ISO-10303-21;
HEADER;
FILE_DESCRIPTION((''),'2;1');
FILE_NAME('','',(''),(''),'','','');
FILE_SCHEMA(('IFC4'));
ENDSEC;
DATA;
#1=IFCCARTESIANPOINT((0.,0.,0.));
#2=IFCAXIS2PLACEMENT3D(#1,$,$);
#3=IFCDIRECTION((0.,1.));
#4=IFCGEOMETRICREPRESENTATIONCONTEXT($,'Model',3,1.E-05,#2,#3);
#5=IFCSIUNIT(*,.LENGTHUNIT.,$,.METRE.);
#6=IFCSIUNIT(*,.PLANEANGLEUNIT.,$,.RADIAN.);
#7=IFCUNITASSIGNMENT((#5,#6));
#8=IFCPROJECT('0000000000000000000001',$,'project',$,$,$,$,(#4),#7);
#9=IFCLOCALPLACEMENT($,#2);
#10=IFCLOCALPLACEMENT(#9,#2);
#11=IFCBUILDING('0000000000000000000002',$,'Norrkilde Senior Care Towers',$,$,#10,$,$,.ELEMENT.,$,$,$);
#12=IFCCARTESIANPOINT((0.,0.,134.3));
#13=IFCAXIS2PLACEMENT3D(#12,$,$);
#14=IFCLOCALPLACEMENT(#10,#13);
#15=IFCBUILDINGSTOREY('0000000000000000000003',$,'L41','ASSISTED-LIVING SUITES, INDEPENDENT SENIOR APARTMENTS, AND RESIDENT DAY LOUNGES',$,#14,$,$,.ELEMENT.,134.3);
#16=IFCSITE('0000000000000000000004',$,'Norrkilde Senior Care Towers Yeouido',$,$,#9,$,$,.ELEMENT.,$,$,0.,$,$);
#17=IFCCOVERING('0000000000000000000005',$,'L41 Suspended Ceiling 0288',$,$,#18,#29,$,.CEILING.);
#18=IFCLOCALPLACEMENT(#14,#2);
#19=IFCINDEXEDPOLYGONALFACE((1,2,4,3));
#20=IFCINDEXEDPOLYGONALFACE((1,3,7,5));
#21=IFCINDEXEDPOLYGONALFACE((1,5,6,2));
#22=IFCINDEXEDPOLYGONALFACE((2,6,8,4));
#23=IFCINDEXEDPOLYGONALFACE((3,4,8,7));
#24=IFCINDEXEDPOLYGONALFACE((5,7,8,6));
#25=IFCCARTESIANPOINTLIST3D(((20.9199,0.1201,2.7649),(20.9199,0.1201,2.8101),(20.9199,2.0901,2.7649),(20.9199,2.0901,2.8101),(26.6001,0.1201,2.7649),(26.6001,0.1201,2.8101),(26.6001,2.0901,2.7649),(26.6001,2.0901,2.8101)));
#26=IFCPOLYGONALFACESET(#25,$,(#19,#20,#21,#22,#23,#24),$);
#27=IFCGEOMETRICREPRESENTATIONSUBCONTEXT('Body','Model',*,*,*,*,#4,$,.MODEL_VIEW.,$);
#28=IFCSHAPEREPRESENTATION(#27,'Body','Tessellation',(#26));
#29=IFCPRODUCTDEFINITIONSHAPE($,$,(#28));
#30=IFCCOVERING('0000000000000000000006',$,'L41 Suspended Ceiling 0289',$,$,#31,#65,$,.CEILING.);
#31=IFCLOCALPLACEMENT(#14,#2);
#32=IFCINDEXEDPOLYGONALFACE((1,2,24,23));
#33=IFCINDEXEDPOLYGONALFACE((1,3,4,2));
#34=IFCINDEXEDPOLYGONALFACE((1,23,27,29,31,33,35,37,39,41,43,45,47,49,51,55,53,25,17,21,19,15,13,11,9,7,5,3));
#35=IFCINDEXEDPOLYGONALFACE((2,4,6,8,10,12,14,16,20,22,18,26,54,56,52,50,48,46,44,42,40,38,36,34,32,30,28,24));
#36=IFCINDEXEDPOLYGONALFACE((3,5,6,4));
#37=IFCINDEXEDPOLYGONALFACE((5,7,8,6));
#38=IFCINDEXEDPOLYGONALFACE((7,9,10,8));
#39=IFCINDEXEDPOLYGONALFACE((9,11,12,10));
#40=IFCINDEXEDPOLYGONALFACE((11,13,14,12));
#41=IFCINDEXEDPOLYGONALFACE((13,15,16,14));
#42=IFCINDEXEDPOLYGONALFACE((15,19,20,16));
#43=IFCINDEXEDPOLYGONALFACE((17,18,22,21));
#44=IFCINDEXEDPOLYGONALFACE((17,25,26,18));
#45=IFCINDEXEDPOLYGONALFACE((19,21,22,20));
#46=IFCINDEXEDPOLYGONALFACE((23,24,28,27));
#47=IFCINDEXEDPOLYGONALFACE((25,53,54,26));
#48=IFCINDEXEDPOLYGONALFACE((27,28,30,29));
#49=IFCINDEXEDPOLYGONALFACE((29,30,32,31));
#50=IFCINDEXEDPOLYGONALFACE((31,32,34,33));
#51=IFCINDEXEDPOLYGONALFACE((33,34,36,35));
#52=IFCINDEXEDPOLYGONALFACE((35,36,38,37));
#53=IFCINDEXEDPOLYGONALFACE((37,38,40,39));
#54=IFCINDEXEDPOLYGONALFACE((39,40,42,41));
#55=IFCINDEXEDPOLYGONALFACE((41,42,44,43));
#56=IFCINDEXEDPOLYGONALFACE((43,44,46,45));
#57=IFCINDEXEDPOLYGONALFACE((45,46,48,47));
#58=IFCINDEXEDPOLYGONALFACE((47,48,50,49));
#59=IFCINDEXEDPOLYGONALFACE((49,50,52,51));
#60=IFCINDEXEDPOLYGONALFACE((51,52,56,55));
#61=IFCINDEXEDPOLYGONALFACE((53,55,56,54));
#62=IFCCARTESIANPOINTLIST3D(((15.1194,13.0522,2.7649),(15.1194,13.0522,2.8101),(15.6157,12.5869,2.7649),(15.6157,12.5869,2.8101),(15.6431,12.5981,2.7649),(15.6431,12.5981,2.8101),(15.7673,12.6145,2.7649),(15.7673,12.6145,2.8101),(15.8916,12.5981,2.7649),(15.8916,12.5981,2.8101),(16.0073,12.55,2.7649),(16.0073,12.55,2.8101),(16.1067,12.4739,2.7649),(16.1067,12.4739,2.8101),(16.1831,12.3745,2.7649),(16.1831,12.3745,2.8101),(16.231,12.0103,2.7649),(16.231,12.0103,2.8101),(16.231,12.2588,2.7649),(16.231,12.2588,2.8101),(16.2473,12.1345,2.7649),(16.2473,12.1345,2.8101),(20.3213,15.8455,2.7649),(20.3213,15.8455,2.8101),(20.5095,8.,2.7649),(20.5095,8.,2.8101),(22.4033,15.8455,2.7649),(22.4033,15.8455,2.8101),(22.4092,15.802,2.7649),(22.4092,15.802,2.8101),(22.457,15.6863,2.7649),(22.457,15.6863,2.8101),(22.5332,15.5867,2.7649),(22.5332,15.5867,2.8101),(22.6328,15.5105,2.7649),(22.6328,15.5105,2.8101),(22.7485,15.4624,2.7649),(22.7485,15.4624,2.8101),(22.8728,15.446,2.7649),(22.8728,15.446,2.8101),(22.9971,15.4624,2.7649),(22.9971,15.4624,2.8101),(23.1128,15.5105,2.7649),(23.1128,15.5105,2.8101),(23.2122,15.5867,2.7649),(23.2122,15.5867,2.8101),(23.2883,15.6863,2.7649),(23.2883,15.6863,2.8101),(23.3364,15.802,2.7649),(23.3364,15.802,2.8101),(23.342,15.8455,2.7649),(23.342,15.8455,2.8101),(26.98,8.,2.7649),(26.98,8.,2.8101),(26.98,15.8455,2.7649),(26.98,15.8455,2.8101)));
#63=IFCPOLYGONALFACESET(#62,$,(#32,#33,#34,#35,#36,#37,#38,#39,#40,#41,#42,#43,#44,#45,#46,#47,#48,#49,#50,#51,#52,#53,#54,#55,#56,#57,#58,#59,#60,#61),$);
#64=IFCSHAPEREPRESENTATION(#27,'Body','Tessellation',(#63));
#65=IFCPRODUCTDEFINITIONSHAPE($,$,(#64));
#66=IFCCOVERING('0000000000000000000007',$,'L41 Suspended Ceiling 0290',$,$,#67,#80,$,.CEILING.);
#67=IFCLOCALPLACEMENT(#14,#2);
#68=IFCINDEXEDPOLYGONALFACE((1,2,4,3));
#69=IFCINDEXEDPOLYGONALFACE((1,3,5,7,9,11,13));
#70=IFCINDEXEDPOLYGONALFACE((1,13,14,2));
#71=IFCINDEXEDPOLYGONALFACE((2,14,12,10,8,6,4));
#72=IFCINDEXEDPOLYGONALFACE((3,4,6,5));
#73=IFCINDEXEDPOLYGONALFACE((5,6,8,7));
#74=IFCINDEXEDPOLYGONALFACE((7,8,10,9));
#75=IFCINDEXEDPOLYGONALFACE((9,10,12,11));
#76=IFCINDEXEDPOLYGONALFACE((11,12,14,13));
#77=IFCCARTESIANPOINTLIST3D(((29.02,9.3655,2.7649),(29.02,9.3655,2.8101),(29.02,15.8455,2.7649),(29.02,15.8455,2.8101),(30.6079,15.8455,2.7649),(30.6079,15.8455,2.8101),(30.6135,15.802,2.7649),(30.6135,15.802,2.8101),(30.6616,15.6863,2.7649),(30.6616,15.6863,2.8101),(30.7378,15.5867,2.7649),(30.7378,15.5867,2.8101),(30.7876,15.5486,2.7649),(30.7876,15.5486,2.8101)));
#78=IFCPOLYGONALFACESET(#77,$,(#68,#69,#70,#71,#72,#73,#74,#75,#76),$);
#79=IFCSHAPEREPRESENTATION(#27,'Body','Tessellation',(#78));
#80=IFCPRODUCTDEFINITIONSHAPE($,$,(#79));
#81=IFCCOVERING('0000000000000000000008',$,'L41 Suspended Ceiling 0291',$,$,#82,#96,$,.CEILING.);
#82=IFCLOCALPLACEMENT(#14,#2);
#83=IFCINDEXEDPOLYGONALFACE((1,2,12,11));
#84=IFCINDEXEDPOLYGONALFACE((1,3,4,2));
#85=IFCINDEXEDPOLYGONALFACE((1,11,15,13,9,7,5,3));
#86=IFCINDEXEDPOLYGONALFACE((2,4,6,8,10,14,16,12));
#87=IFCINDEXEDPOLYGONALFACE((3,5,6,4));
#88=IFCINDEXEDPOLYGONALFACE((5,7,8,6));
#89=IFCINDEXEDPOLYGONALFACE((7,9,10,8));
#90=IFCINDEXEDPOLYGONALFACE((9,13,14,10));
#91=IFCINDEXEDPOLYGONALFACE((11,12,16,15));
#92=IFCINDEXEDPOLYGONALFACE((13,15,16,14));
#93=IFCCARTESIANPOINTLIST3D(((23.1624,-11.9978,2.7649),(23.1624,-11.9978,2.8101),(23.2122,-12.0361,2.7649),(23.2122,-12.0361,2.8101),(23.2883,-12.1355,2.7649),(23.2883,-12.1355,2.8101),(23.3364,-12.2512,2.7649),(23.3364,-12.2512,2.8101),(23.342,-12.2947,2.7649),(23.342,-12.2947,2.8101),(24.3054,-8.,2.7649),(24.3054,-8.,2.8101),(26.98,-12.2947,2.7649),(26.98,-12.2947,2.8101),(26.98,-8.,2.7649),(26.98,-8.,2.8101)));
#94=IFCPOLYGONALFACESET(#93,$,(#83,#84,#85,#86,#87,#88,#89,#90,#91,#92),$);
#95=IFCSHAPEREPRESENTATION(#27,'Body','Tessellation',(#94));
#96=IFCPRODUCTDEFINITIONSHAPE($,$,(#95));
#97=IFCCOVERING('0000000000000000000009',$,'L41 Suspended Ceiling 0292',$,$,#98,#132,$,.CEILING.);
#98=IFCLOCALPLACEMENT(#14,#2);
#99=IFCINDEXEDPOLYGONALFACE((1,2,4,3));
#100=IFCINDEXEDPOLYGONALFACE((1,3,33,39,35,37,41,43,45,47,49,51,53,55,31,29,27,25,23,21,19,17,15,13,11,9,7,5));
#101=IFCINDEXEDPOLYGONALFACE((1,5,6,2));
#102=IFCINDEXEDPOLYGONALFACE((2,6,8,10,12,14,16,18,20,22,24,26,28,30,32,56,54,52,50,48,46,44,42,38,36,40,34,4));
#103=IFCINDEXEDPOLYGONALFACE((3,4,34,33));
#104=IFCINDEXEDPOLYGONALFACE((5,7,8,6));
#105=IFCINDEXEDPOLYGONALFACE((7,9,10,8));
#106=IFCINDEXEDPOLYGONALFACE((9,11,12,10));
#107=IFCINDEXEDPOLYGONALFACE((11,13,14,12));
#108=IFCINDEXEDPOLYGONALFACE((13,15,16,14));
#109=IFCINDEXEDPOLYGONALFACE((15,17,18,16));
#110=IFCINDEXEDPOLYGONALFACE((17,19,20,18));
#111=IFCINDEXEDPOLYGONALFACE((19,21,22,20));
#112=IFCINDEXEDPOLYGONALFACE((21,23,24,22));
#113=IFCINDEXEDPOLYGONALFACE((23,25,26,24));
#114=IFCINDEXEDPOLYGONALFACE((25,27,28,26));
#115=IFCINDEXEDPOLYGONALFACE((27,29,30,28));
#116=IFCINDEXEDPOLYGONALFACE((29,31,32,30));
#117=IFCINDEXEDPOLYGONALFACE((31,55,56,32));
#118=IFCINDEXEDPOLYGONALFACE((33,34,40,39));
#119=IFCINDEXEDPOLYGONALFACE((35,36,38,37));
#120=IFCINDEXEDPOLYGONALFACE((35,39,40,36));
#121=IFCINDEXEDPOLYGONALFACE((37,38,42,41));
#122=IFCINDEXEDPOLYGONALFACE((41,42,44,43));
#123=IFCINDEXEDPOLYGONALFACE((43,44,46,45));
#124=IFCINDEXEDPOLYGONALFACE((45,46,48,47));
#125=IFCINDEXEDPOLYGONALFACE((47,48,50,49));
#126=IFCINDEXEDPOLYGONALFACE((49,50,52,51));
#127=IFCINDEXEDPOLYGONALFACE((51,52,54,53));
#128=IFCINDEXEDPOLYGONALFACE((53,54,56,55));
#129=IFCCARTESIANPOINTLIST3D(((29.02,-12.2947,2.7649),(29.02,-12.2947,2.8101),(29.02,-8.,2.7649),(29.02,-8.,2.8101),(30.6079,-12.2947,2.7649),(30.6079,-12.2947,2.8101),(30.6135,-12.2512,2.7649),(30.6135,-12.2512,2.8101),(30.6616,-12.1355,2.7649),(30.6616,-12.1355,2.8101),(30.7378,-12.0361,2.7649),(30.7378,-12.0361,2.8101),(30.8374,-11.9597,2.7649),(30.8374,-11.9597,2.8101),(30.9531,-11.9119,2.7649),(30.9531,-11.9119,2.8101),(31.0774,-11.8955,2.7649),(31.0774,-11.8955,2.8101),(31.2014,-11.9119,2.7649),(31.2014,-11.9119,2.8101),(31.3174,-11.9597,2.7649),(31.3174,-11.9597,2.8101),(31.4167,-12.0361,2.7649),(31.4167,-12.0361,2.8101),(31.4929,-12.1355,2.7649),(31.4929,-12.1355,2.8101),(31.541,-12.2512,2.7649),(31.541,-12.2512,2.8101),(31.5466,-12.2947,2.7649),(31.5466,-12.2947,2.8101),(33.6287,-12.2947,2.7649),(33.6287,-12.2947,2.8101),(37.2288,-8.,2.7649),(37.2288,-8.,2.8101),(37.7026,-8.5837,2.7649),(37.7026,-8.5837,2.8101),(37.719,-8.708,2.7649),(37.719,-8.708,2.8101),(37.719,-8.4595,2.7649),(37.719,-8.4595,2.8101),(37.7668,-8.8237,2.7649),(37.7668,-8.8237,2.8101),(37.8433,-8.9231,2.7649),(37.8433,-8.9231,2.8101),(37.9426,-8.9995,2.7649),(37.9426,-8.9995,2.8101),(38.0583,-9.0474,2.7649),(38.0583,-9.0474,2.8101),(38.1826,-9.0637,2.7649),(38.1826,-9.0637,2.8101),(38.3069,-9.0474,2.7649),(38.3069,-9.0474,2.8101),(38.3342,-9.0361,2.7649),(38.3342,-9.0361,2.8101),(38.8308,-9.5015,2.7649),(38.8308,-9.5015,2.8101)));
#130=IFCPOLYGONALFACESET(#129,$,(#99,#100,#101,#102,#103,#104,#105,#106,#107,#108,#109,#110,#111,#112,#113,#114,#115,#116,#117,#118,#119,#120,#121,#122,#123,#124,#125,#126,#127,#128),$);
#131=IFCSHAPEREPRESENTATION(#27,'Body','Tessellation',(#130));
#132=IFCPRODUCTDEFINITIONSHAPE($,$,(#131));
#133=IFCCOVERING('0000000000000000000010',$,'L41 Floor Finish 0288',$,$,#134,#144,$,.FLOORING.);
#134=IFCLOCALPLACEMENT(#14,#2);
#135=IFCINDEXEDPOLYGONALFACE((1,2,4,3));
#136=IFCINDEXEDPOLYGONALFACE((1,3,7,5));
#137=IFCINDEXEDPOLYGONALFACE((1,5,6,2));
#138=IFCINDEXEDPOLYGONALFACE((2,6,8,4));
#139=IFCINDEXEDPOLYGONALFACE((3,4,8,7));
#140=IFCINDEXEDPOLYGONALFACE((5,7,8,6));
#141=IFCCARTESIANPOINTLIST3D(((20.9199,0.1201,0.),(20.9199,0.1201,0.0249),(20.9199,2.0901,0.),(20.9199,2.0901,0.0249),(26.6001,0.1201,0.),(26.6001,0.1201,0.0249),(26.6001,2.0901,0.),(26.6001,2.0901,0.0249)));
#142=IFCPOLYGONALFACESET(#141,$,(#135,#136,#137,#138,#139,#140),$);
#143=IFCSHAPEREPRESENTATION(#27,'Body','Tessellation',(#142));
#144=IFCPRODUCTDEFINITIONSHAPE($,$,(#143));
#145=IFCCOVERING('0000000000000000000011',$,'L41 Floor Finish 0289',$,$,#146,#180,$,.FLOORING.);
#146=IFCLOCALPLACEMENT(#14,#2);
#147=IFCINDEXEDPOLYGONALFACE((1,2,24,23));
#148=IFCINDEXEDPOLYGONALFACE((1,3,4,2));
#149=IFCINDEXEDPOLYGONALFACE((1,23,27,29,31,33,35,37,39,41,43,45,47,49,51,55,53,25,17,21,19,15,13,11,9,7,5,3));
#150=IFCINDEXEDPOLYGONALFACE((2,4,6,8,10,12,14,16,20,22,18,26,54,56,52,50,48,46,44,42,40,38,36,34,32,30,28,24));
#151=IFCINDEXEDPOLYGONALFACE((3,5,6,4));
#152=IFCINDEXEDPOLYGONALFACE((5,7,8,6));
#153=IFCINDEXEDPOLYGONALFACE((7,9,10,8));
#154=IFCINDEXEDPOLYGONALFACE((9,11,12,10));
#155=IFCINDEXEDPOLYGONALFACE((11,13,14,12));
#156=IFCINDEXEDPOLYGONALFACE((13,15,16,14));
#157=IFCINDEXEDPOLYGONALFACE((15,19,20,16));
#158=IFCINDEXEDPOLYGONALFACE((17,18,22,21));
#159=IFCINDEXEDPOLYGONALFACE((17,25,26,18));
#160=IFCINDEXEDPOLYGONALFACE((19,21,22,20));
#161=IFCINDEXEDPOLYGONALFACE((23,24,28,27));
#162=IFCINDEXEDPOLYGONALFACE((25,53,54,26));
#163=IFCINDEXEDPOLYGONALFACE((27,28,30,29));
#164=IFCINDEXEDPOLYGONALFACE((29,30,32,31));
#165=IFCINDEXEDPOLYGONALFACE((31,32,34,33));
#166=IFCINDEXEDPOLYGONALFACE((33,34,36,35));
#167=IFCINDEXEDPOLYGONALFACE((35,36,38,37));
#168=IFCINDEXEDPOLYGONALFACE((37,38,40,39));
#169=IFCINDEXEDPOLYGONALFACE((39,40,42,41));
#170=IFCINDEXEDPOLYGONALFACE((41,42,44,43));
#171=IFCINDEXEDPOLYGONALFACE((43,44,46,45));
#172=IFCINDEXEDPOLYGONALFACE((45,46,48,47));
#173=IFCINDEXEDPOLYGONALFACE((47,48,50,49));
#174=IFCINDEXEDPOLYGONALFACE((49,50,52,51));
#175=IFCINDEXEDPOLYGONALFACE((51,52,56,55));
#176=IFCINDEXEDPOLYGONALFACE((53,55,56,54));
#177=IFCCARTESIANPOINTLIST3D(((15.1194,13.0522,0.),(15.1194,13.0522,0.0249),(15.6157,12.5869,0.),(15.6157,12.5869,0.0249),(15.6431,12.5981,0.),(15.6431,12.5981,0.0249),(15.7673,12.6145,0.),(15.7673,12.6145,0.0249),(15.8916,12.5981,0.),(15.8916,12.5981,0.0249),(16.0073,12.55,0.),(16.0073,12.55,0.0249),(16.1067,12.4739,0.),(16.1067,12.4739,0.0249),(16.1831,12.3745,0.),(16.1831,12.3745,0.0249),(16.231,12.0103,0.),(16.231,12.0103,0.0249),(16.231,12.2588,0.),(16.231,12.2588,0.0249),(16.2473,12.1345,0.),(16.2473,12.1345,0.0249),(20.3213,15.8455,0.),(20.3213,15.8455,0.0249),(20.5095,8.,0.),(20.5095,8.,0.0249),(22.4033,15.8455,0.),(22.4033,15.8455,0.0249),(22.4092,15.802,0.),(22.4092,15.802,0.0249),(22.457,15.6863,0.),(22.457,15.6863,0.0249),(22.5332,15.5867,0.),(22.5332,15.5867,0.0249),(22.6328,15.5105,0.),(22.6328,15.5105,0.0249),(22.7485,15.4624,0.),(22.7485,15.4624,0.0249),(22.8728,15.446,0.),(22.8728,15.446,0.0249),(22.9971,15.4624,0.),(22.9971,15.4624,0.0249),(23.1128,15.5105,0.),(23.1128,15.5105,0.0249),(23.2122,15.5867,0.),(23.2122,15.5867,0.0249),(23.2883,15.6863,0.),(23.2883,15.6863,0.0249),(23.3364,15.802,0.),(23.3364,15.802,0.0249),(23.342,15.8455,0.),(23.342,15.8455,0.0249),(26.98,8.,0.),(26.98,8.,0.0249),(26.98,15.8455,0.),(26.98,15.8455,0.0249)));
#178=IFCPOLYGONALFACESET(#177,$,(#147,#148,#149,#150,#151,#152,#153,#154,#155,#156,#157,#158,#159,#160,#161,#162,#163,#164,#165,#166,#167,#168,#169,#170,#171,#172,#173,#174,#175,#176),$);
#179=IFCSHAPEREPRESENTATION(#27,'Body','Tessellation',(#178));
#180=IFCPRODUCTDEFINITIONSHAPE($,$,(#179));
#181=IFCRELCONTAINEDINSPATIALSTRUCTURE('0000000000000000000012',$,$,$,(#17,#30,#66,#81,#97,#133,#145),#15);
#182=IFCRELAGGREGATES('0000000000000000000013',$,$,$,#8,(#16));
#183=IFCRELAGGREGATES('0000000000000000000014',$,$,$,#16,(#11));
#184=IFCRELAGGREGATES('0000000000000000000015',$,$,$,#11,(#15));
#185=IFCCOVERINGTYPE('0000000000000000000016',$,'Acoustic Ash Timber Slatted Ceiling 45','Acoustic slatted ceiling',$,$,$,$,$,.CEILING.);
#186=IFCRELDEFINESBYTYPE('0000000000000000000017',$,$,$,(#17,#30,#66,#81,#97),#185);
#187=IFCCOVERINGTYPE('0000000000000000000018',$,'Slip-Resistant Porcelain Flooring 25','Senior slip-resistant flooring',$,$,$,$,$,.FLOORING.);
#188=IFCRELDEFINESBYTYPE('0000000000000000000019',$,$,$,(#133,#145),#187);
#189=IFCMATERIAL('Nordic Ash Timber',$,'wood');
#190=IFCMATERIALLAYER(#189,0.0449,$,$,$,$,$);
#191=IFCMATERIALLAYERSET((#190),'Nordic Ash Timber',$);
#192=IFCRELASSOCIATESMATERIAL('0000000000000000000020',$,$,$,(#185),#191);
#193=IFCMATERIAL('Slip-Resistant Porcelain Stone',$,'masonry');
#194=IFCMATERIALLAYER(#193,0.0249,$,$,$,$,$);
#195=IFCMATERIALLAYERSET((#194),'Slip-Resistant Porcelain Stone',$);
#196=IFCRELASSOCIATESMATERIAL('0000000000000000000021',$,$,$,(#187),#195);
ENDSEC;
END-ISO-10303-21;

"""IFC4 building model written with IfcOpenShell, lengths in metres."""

from ifc_helpers import new_model, si_unit, direction, frame, origin, place, context, subcontext, project, spatial, polyline, outline, extrude, material, layer, layer_set, type_object, element, save


model = new_model("IFC4")

# Units and contexts
model_context = context("Model", 3, precision=1e-05, world=origin(), true_north=direction((0.0, 1.0)))
body_context = subcontext(model_context, "Body", "Model", "MODEL_VIEW")
ifc_project = project(units=[si_unit("LENGTHUNIT", "METRE"), si_unit("PLANEANGLEUNIT", "RADIAN")], contexts=[model_context])

# Site, building, storey
site_placement = place(None, origin())
site = spatial("IfcSite", under=ifc_project, at=site_placement, Name="Norrkilde Senior Care Towers Yeouido", CompositionType="ELEMENT", RefElevation=0.0)
building_placement = place(site_placement, origin())
building = spatial("IfcBuilding", under=site, at=building_placement, Name="Norrkilde Senior Care Towers", CompositionType="ELEMENT")
storey_placement = place(building_placement, frame((0.0, 0.0, 134.3)))
storey = spatial("IfcBuildingStorey", under=building, at=storey_placement, Name="L41", Description="ASSISTED-LIVING SUITES, INDEPENDENT SENIOR APARTMENTS, AND RESIDENT DAY LOUNGES", CompositionType="ELEMENT", Elevation=134.3)

# Shared definitions
ifc_material_1 = material(Name="Nordic Ash Timber", Category="wood")

# Coverings
ifc_layer_1 = layer(ifc_material_1, 0.0449)
ifc_layer_set_1 = layer_set([ifc_layer_1], Name="Nordic Ash Timber")
covering_type_1 = type_object("IfcCoveringType", Name="Acoustic Ash Timber Slatted Ceiling 45", Description="Acoustic slatted ceiling", PredefinedType="CEILING", material=ifc_layer_set_1)
covering_1_placement = place(storey_placement, frame((0.0, 0.0, 2.7649)))
element("IfcCovering", 1, at=covering_1_placement, inside=storey, type_object=covering_type_1, Name="L41 Suspended Ceiling 0288", PredefinedType="CEILING", context=body_context, shape_type="SweptSolid", body=[
    extrude(outline(polyline([(20.9199, 0.1201), (20.9199, 2.0901), (26.6001, 2.0901), (26.6001, 0.1201), (20.9199, 0.1201)])), origin(), (0.0, 0.0, 1.0), 0.0452),
])
covering_2_placement = place(storey_placement, frame((0.0, 0.0, 2.7649)))
element("IfcCovering", 2, at=covering_2_placement, inside=storey, type_object=covering_type_1, Name="L41 Suspended Ceiling 0289", PredefinedType="CEILING", context=body_context, shape_type="SweptSolid", body=[
    extrude(outline(polyline([(22.4033, 15.8455), (22.4092, 15.802), (22.457, 15.6863), (22.5332, 15.5867), (22.6328, 15.5105), (22.7485, 15.4624), (22.8728, 15.446), (22.9971, 15.4624), (23.1128, 15.5105), (23.2122, 15.5867), (23.2883, 15.6863), (23.3364, 15.802), (23.342, 15.8455), (26.98, 15.8455), (26.98, 8.0), (20.5095, 8.0), (16.231, 12.0103), (16.231, 12.0103), (16.2473, 12.1345), (16.231, 12.2588), (16.1831, 12.3745), (16.1067, 12.4739), (16.0073, 12.55), (15.8916, 12.5981), (15.7673, 12.6145), (15.6431, 12.5981), (15.6157, 12.5869), (15.1194, 13.0522), (20.3213, 15.8455), (22.4033, 15.8455)])), origin(), (0.0, 0.0, 1.0), 0.0452),
])
covering_3_placement = place(storey_placement, frame((0.0, 0.0, 2.7649)))
element("IfcCovering", 3, at=covering_3_placement, inside=storey, type_object=covering_type_1, Name="L41 Suspended Ceiling 0290", PredefinedType="CEILING", context=body_context, shape_type="SweptSolid", body=[
    extrude(outline(polyline([(29.02, 15.8455), (30.6079, 15.8455), (30.6135, 15.802), (30.6616, 15.6863), (30.7378, 15.5867), (30.7876, 15.5486), (29.02, 9.3655), (29.02, 15.8455)])), origin(), (0.0, 0.0, 1.0), 0.0452),
])
covering_4_placement = place(storey_placement, frame((0.0, 0.0, 2.7649)))
element("IfcCovering", 4, at=covering_4_placement, inside=storey, type_object=covering_type_1, Name="L41 Suspended Ceiling 0291", PredefinedType="CEILING", context=body_context, shape_type="SweptSolid", body=[
    extrude(outline(polyline([(24.3054, -8.0), (26.98, -8.0), (26.98, -12.2947), (23.342, -12.2947), (23.3364, -12.2512), (23.2883, -12.1355), (23.2122, -12.0361), (23.1624, -11.9978), (24.3054, -8.0)])), origin(), (0.0, 0.0, 1.0), 0.0452),
])
covering_5_placement = place(storey_placement, frame((0.0, 0.0, 2.7649)))
element("IfcCovering", 5, at=covering_5_placement, inside=storey, type_object=covering_type_1, Name="L41 Suspended Ceiling 0292", PredefinedType="CEILING", context=body_context, shape_type="SweptSolid", body=[
    extrude(outline(polyline([(31.5466, -12.2947), (31.541, -12.2512), (31.4929, -12.1355), (31.4167, -12.0361), (31.3174, -11.9597), (31.2014, -11.9119), (31.0774, -11.8955), (30.9531, -11.9119), (30.8374, -11.9597), (30.7378, -12.0361), (30.6616, -12.1355), (30.6135, -12.2512), (30.6079, -12.2947), (29.02, -12.2947), (29.02, -8.0), (37.2288, -8.0), (37.719, -8.4595), (37.719, -8.4595), (37.7026, -8.5837), (37.719, -8.708), (37.7668, -8.8237), (37.8433, -8.9231), (37.9426, -8.9995), (38.0583, -9.0474), (38.1826, -9.0637), (38.3069, -9.0474), (38.3342, -9.0361), (38.8308, -9.5015), (33.6287, -12.2947), (31.5466, -12.2947)])), origin(), (0.0, 0.0, 1.0), 0.0452),
])
ifc_material_2 = material(Name="Slip-Resistant Porcelain Stone", Category="masonry")
ifc_layer_2 = layer(ifc_material_2, 0.0249)
ifc_layer_set_2 = layer_set([ifc_layer_2], Name="Slip-Resistant Porcelain Stone")
covering_type_2 = type_object("IfcCoveringType", Name="Slip-Resistant Porcelain Flooring 25", Description="Senior slip-resistant flooring", PredefinedType="FLOORING", material=ifc_layer_set_2)
covering_6_placement = place(storey_placement, origin())
element("IfcCovering", 6, at=covering_6_placement, inside=storey, type_object=covering_type_2, Name="L41 Floor Finish 0288", PredefinedType="FLOORING", context=body_context, shape_type="SweptSolid", body=[
    extrude(outline(polyline([(20.9199, 0.1201), (20.9199, 2.0901), (26.6001, 2.0901), (26.6001, 0.1201), (20.9199, 0.1201)])), origin(), (0.0, 0.0, 1.0), 0.0249),
])
covering_7_placement = place(storey_placement, origin())
element("IfcCovering", 7, at=covering_7_placement, inside=storey, type_object=covering_type_2, Name="L41 Floor Finish 0289", PredefinedType="FLOORING", context=body_context, shape_type="SweptSolid", body=[
    extrude(outline(polyline([(22.4033, 15.8455), (22.4092, 15.802), (22.457, 15.6863), (22.5332, 15.5867), (22.6328, 15.5105), (22.7485, 15.4624), (22.8728, 15.446), (22.9971, 15.4624), (23.1128, 15.5105), (23.2122, 15.5867), (23.2883, 15.6863), (23.3364, 15.802), (23.342, 15.8455), (26.98, 15.8455), (26.98, 8.0), (20.5095, 8.0), (16.231, 12.0103), (16.231, 12.0103), (16.2473, 12.1345), (16.231, 12.2588), (16.1831, 12.3745), (16.1067, 12.4739), (16.0073, 12.55), (15.8916, 12.5981), (15.7673, 12.6145), (15.6431, 12.5981), (15.6157, 12.5869), (15.1194, 13.0522), (20.3213, 15.8455), (22.4033, 15.8455)])), origin(), (0.0, 0.0, 1.0), 0.0249),
])

save(model, "model.ifc")
